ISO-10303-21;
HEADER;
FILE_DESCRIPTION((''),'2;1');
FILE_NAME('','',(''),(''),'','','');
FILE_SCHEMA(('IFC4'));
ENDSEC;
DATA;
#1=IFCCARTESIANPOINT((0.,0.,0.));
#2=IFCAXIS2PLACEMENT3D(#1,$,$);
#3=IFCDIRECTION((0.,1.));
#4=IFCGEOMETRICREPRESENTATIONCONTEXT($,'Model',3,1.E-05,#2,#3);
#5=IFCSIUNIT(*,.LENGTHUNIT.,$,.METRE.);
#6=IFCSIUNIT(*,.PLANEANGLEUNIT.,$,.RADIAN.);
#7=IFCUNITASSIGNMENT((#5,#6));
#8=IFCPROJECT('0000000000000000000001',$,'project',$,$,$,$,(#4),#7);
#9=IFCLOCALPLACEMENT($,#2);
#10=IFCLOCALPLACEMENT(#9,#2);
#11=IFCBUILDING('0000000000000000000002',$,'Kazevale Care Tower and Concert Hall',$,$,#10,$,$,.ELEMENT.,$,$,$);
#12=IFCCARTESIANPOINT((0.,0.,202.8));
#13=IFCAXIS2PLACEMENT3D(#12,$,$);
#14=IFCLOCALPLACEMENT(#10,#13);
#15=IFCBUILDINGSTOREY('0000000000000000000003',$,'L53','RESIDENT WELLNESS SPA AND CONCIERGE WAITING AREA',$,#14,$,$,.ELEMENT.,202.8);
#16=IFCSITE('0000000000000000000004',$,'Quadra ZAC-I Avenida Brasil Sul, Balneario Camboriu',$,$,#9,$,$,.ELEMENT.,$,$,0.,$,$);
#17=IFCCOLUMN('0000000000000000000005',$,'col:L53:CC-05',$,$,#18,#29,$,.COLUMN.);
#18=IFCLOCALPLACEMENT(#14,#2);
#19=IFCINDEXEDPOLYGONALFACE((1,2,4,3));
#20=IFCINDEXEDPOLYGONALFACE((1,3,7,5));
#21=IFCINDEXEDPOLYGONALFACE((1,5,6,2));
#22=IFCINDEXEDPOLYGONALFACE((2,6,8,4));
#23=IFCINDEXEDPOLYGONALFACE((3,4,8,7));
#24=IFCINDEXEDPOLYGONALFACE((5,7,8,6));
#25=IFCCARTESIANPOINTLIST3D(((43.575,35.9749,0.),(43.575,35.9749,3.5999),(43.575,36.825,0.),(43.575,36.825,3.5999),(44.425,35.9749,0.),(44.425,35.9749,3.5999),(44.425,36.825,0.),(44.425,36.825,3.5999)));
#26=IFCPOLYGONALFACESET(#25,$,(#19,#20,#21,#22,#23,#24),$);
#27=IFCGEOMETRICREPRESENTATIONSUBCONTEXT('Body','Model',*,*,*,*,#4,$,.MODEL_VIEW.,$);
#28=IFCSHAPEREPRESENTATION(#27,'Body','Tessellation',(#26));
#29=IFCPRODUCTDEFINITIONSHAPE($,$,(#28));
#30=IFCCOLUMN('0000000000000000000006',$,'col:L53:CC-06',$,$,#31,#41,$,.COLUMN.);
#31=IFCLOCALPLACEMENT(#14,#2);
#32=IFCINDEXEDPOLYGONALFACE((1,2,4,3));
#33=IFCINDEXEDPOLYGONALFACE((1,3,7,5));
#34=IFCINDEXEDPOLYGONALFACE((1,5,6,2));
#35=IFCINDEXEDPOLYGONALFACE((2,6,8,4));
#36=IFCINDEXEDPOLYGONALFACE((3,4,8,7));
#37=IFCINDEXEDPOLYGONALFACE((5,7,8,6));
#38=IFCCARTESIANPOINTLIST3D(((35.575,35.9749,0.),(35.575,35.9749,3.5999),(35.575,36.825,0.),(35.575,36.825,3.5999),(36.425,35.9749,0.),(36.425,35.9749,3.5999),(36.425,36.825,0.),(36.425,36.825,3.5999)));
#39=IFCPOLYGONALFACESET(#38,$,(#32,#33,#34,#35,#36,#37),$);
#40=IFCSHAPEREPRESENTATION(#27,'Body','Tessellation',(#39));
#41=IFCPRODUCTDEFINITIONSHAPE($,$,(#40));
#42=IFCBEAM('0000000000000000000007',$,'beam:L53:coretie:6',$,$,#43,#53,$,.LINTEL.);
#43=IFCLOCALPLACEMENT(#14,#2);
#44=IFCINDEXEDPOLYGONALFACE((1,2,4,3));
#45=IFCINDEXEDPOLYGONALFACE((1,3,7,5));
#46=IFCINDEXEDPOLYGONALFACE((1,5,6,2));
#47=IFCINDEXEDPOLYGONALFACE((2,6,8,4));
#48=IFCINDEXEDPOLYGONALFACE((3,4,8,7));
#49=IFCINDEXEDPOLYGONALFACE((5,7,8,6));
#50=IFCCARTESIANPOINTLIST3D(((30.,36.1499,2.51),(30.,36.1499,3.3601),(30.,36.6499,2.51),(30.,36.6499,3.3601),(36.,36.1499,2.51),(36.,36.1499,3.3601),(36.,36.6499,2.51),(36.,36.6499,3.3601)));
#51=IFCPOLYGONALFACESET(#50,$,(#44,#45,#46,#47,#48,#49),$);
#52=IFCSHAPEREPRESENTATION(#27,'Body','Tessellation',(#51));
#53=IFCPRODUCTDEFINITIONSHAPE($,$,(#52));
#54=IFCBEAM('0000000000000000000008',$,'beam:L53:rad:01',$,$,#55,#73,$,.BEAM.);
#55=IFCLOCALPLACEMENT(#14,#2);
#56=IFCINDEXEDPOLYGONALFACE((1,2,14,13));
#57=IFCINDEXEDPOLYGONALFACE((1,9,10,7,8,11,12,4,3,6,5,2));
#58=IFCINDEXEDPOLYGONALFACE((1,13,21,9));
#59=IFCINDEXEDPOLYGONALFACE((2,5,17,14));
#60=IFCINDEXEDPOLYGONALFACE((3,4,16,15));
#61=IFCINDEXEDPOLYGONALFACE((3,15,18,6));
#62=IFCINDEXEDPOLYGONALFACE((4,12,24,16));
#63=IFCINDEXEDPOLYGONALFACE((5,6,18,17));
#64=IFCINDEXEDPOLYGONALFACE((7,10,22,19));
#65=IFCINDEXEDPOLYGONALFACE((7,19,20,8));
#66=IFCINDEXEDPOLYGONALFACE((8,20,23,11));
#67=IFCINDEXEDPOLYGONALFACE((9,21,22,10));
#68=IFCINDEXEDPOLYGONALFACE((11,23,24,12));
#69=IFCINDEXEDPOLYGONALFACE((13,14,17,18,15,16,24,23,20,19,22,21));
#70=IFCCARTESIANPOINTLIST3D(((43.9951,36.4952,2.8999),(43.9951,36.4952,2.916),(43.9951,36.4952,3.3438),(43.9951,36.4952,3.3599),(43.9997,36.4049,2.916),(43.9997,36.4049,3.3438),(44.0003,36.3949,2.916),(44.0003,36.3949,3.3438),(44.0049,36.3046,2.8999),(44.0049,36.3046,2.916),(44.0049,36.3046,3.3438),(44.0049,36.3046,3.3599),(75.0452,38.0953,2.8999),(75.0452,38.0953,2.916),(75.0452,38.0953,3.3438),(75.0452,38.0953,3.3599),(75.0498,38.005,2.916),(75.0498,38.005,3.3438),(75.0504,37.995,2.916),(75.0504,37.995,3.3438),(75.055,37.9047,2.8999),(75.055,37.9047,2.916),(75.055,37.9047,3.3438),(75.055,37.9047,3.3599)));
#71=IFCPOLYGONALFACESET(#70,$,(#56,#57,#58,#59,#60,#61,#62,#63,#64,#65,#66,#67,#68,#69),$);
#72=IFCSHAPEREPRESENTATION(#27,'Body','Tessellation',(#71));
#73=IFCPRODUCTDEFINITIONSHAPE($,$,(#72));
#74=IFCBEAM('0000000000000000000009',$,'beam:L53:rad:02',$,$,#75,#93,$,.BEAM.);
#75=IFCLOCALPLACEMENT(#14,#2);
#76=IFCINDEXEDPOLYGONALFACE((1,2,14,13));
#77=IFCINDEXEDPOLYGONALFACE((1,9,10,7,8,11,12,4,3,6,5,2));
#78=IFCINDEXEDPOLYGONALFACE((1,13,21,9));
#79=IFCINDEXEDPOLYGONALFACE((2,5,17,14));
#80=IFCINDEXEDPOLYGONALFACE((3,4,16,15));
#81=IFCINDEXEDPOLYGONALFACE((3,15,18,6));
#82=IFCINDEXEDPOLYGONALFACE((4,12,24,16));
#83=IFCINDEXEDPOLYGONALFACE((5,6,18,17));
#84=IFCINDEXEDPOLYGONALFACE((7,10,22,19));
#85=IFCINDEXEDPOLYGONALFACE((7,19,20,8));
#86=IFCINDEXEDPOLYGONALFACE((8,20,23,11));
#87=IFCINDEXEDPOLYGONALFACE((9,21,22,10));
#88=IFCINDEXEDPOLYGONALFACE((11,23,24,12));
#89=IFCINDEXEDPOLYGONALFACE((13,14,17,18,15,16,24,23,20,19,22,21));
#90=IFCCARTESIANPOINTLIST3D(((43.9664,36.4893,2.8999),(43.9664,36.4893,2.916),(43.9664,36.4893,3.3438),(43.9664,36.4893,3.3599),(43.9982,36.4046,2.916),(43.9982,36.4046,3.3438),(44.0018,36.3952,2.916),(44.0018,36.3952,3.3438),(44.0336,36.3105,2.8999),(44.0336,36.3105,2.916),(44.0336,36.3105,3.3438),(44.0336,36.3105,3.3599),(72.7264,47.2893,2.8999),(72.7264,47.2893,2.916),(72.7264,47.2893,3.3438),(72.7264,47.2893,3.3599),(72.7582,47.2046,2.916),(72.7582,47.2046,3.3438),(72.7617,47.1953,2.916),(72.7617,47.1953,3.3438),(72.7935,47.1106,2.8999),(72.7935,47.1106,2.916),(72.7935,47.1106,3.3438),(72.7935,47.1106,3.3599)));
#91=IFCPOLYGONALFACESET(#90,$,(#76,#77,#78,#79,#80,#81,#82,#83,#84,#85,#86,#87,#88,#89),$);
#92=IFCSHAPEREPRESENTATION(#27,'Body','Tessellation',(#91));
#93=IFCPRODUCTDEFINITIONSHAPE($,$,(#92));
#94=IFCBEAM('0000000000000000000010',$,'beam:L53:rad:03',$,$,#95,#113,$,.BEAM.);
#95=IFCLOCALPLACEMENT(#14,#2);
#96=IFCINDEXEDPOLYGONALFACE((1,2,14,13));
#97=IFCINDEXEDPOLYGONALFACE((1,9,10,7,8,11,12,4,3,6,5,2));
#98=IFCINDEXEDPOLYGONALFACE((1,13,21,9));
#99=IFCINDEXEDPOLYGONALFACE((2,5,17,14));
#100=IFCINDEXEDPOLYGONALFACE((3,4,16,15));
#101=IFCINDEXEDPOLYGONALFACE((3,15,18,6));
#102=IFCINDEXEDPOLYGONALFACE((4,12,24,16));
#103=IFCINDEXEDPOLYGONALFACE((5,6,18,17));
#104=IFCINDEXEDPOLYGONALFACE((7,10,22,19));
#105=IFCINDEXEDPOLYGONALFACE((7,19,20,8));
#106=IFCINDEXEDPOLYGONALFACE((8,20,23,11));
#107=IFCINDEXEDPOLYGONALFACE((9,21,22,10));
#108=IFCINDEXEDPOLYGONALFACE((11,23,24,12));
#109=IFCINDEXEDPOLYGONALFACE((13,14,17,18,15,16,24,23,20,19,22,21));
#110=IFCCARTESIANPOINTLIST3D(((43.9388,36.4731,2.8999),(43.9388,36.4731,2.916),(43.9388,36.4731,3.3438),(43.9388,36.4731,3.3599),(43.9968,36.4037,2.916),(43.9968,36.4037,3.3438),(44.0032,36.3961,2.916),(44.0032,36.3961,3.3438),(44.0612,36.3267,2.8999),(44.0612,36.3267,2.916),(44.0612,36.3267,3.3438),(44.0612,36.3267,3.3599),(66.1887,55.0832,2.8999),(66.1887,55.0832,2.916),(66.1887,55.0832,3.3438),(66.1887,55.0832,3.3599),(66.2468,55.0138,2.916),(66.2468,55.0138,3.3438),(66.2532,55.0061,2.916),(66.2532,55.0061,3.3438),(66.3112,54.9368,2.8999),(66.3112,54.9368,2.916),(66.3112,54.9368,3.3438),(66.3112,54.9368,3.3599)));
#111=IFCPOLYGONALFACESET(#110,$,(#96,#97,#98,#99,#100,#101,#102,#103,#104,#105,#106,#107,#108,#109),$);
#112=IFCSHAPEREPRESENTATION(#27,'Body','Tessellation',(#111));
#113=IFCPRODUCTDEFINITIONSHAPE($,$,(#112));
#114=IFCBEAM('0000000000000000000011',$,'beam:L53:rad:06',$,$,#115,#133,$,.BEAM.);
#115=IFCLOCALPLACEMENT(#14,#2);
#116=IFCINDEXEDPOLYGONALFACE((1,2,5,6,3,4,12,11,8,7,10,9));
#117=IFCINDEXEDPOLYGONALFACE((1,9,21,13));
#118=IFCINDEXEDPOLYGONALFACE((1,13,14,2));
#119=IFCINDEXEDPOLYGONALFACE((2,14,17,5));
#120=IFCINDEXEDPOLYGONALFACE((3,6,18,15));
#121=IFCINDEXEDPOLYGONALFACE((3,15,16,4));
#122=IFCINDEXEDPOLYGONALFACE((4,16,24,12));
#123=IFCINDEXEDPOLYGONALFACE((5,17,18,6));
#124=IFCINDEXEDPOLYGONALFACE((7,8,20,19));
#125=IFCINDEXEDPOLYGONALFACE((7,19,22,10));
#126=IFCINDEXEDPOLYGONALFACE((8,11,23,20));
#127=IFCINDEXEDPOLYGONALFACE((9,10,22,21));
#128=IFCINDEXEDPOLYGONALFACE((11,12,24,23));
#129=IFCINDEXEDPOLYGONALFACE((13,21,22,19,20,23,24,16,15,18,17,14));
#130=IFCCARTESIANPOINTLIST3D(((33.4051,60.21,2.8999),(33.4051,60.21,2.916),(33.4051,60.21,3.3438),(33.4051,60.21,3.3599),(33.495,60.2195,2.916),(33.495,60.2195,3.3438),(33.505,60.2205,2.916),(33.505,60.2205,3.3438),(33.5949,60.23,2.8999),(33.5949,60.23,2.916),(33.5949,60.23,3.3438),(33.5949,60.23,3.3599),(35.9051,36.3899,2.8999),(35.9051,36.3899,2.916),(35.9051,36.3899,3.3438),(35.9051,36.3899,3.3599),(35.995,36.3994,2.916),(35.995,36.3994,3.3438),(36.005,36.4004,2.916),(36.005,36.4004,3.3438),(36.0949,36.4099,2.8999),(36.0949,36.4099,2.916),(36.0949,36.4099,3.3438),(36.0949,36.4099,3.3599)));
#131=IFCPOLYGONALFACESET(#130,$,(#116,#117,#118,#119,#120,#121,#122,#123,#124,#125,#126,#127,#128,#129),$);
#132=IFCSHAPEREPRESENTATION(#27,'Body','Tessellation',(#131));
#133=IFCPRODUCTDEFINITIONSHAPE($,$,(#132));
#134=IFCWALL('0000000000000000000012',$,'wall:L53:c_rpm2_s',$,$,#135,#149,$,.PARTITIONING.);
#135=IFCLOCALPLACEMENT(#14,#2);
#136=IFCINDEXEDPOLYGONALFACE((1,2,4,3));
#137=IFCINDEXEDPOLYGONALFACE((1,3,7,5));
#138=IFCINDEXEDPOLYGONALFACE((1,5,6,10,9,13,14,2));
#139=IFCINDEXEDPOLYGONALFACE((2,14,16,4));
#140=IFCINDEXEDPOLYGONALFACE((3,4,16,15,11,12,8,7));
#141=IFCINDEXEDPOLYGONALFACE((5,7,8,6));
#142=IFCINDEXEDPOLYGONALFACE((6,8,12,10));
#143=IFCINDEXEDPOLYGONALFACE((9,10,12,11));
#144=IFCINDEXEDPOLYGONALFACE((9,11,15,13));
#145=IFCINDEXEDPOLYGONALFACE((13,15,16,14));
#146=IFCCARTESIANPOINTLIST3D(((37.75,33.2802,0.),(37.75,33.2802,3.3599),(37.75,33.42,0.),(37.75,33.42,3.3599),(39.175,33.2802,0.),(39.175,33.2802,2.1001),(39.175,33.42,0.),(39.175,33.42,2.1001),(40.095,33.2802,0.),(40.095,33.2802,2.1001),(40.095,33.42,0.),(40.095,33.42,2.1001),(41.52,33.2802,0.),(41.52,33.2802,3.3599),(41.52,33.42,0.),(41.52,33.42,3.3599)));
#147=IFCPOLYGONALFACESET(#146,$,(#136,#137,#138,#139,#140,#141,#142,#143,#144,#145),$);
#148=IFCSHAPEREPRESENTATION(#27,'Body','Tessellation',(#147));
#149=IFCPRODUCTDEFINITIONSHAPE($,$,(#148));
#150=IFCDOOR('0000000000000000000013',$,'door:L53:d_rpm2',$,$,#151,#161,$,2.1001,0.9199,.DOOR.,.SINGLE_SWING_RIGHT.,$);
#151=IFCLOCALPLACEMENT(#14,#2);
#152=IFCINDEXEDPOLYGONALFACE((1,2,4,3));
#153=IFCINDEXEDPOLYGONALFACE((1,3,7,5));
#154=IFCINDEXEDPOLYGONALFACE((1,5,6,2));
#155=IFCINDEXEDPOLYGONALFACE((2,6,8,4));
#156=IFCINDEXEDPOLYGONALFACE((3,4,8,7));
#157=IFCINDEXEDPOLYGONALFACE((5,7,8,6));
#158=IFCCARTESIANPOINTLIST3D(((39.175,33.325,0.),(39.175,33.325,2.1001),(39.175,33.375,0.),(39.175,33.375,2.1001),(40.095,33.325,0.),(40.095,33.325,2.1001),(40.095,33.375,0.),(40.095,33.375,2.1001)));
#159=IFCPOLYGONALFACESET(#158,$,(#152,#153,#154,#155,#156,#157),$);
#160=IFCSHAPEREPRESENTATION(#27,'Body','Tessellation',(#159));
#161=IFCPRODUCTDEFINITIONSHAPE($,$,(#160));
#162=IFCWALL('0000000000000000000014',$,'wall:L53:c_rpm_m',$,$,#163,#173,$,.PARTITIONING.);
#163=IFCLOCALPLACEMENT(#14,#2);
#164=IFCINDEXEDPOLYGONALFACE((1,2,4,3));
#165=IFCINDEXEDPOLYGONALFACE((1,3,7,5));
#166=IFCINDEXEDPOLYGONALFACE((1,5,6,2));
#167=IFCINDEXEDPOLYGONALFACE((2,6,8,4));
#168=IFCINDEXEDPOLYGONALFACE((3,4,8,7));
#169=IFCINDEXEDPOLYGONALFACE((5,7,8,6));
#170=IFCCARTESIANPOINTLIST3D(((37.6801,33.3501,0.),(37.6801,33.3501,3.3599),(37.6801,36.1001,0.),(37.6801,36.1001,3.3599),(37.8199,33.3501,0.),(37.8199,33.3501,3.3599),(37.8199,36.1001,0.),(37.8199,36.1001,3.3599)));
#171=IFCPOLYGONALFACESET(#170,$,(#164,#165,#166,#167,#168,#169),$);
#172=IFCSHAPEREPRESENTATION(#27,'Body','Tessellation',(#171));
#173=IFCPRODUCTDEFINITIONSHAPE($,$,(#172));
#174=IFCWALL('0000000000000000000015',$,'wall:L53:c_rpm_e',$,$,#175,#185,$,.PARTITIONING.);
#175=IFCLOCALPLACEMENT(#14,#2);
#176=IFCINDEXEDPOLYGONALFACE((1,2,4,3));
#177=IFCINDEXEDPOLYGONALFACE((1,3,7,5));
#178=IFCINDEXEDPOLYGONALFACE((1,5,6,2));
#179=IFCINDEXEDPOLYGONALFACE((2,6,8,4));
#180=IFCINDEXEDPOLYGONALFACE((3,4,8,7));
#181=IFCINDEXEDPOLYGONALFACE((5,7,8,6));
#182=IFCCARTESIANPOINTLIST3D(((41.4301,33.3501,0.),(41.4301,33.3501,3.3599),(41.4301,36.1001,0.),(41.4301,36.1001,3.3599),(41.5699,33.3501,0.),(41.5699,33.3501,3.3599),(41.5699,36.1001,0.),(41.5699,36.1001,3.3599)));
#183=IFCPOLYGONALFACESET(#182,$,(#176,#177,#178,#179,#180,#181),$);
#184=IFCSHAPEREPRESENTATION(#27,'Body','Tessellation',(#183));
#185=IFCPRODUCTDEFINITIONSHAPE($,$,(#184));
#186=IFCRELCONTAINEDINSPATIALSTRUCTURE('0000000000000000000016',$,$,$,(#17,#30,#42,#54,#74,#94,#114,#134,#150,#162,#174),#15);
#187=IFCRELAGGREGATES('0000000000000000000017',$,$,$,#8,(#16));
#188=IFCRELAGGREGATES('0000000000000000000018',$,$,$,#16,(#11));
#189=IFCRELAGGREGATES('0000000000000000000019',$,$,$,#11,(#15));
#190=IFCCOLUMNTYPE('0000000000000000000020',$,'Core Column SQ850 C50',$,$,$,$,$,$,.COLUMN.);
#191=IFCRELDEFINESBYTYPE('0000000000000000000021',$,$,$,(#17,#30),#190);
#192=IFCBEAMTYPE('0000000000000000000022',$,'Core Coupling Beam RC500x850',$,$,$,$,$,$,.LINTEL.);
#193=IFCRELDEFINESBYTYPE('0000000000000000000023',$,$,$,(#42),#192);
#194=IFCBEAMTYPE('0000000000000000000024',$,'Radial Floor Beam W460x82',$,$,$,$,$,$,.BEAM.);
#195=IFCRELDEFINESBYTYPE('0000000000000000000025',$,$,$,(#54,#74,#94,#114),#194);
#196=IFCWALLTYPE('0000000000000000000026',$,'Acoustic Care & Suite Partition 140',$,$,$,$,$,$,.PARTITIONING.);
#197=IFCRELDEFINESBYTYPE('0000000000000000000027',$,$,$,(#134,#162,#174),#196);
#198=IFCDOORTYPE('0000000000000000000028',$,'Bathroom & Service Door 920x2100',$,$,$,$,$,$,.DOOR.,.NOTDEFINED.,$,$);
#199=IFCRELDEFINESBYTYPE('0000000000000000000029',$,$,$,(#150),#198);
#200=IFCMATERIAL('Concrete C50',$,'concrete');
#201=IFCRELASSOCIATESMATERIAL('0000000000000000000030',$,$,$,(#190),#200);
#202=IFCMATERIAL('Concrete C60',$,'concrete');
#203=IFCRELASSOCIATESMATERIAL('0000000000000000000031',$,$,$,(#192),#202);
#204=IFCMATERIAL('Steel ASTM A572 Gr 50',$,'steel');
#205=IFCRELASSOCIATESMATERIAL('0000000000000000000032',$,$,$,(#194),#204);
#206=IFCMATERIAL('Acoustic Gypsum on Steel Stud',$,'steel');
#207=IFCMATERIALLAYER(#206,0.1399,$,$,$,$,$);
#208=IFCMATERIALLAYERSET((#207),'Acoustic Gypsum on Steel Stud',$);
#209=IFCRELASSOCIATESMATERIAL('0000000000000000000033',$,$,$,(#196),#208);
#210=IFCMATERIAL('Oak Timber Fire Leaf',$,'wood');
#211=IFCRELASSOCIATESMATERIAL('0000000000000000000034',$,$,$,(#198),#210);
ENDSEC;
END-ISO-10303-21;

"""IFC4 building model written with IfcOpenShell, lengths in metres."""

from ifc_helpers import new_model, si_unit, direction, frame, frame_2d, origin, origin_2d, place, context, subcontext, project, spatial, rectangle, i_section, extrude, material, layer, layer_set, material_profile, profile_set, type_object, element, fill, save


model = new_model("IFC4")

# Units and contexts
model_context = context("Model", 3, precision=1e-05, world=origin(), true_north=direction((0.0, 1.0)))
body_context = subcontext(model_context, "Body", "Model", "MODEL_VIEW")
ifc_project = project(units=[si_unit("LENGTHUNIT", "METRE"), si_unit("PLANEANGLEUNIT", "RADIAN")], contexts=[model_context])

# Site, building, storey
site_placement = place(None, origin())
site = spatial("IfcSite", under=ifc_project, at=site_placement, Name="Quadra ZAC-I Avenida Brasil Sul, Balneario Camboriu", CompositionType="ELEMENT", RefElevation=0.0)
building_placement = place(site_placement, origin())
building = spatial("IfcBuilding", under=site, at=building_placement, Name="Kazevale Care Tower and Concert Hall", CompositionType="ELEMENT")
storey_placement = place(building_placement, frame((0.0, 0.0, 202.8)))
storey = spatial("IfcBuildingStorey", under=building, at=storey_placement, Name="L53", Description="RESIDENT WELLNESS SPA AND CONCIERGE WAITING AREA", CompositionType="ELEMENT", Elevation=202.8)

# Columns
ifc_material_1 = material(Name="Concrete C50", Category="concrete")
ifc_material_profile_1 = material_profile(ifc_material_1, rectangle(XDim=0.8501, YDim=0.8501, at=origin_2d()), Name="RC-SQ850")
ifc_profile_set_1 = profile_set([ifc_material_profile_1], Name="Concrete C50")
column_type = type_object("IfcColumnType", Name="Core Column SQ850 C50", PredefinedType="COLUMN", material=ifc_profile_set_1)
for number, where, z_axis, x_axis, name in (
    (1, (44.0, 36.3999, 0.0), (0.0, 0.0, 1.0), (1.0, 0.0, 0.0), "col:L53:CC-05"),
    (2, (36.0, 36.3999, 0.0), (0.0, 0.0, 1.0), (1.0, 0.0, 0.0), "col:L53:CC-06"),
):
    element("IfcColumn", number, at=place(storey_placement, frame(where, z_axis=z_axis, x_axis=x_axis)), inside=storey, type_object=column_type, Name=name, PredefinedType="COLUMN", context=body_context, shape_type="SweptSolid", body=[
        extrude(rectangle(XDim=0.8501, YDim=0.8501, at=origin_2d()), origin(), (0.0, 0.0, 1.0), 3.5999),
    ])

# Beams
ifc_material_2 = material(Name="Concrete C60", Category="concrete")
ifc_material_profile_2 = material_profile(ifc_material_2, rectangle(XDim=0.5, YDim=0.8501, at=origin_2d()), Name="RC-B500x850")
ifc_profile_set_2 = profile_set([ifc_material_profile_2], Name="Concrete C60")
beam_type_1 = type_object("IfcBeamType", Name="Core Coupling Beam RC500x850", PredefinedType="LINTEL", material=ifc_profile_set_2)
beam_1_placement = place(storey_placement, frame((36.0, 36.3999, 2.9351), z_axis=(-1.0, 0.0, 0.0), x_axis=(0.0, -1.0, 0.0)))
element("IfcBeam", 3, at=beam_1_placement, inside=storey, type_object=beam_type_1, Name="beam:L53:coretie:6", PredefinedType="LINTEL", context=body_context, shape_type="SweptSolid", body=[
    extrude(rectangle(XDim=0.5, YDim=0.8501, at=origin_2d()), origin(), (0.0, 0.0, 1.0), 6.0),
])
ifc_material_3 = material(Name="Steel ASTM A572 Gr 50", Category="steel")
ifc_material_profile_3 = material_profile(ifc_material_3, i_section(OverallWidth=0.1909, OverallDepth=0.46, WebThickness=0.01, FlangeThickness=0.0161, at=origin_2d()), Name="W460x82")
ifc_profile_set_3 = profile_set([ifc_material_profile_3], Name="Steel ASTM A572 Gr 50")
beam_type_2 = type_object("IfcBeamType", Name="Radial Floor Beam W460x82", PredefinedType="BEAM", material=ifc_profile_set_3)
beam_2_placement = place(storey_placement, frame((44.0, 36.3999, 3.1299), z_axis=(0.998675, 0.051465, 0.0), x_axis=(-0.051465, 0.998675, 0.0)))
element("IfcBeam", 4, at=beam_2_placement, inside=storey, type_object=beam_type_2, Name="beam:L53:rad:01", PredefinedType="BEAM", context=body_context, shape_type="SweptSolid", body=[
    extrude(i_section(OverallWidth=0.1909, OverallDepth=0.46, WebThickness=0.01, FlangeThickness=0.0161, at=origin_2d()), origin(), (0.0, 0.0, 1.0), 31.0913),
])
beam_3_placement = place(storey_placement, frame((44.0, 36.3999, 3.1299), z_axis=(0.936168, 0.351553, 0.0), x_axis=(-0.351553, 0.936168, 0.0)))
element("IfcBeam", 5, at=beam_3_placement, inside=storey, type_object=beam_type_2, Name="beam:L53:rad:02", PredefinedType="BEAM", context=body_context, shape_type="SweptSolid", body=[
    extrude(i_section(OverallWidth=0.1909, OverallDepth=0.46, WebThickness=0.01, FlangeThickness=0.0161, at=origin_2d()), origin(), (0.0, 0.0, 1.0), 30.7209),
])
beam_4_placement = place(storey_placement, frame((44.0, 36.3999, 3.1299), z_axis=(0.76706, 0.641576, 0.0), x_axis=(-0.641576, 0.76706, 0.0)))
element("IfcBeam", 6, at=beam_4_placement, inside=storey, type_object=beam_type_2, Name="beam:L53:rad:03", PredefinedType="BEAM", context=body_context, shape_type="SweptSolid", body=[
    extrude(i_section(OverallWidth=0.1909, OverallDepth=0.46, WebThickness=0.01, FlangeThickness=0.0161, at=origin_2d()), origin(), (0.0, 0.0, 1.0), 29.0068),
])
beam_5_placement = place(storey_placement, frame((36.0, 36.3999, 3.1299), z_axis=(-0.10438, 0.994537, 0.0), x_axis=(-0.994537, -0.10438, 0.0)))
element("IfcBeam", 7, at=beam_5_placement, inside=storey, type_object=beam_type_2, Name="beam:L53:rad:06", PredefinedType="BEAM", context=body_context, shape_type="SweptSolid", body=[
    extrude(i_section(OverallWidth=0.1909, OverallDepth=0.46, WebThickness=0.01, FlangeThickness=0.0161, at=origin_2d()), origin(), (0.0, 0.0, 1.0), 23.9509),
])

# Wall, opening, door
ifc_material_4 = material(Name="Acoustic Gypsum on Steel Stud", Category="steel")
ifc_layer_1 = layer(ifc_material_4, 0.1399)
ifc_layer_set_1 = layer_set([ifc_layer_1], Name="Acoustic Gypsum on Steel Stud")
wall_type_1 = type_object("IfcWallType", Name="Acoustic Care & Suite Partition 140", PredefinedType="PARTITIONING", material=ifc_layer_set_1)
wall_1_placement = place(storey_placement, frame((37.75, 33.3501, 0.0), z_axis=(0.0, 0.0, 1.0), x_axis=(1.0, 0.0, 0.0)))
wall_1 = element("IfcWall", 8, at=wall_1_placement, inside=storey, type_object=wall_type_1, Name="wall:L53:c_rpm2_s", PredefinedType="PARTITIONING", context=body_context, shape_type="SweptSolid", body=[
    extrude(rectangle(XDim=3.77, YDim=0.1399, at=frame_2d((1.885, 0.0))), origin(), (0.0, 0.0, 1.0), 3.3599),
])
opening_1_placement = place(wall_1_placement, frame((1.425, 0.0, 0.0)))
opening_1 = element("IfcOpeningElement", 9, at=opening_1_placement, cuts=wall_1, PredefinedType="OPENING", context=body_context, shape_type="SweptSolid", body=[
    extrude(rectangle(XDim=0.9199, YDim=2.1001, at=frame_2d((0.46, 1.05))), frame((0.0, 0.0798, 0.0), z_axis=(0.0, -1.0, 0.0), x_axis=(1.0, 0.0, 0.0)), (0.0, 0.0, 1.0), 0.1599),
])
ifc_material_5 = material(Name="Oak Timber Fire Leaf", Category="wood")
door_type_1 = type_object("IfcDoorType", Name="Bathroom & Service Door 920x2100", OperationType="NOTDEFINED", PredefinedType="DOOR", material=ifc_material_5)
door_1_placement = place(opening_1_placement, origin())
door_1 = element("IfcDoor", 10, at=door_1_placement, inside=storey, type_object=door_type_1, Name="door:L53:d_rpm2", OperationType="SINGLE_SWING_RIGHT", OverallHeight=2.1001, OverallWidth=0.9199, PredefinedType="DOOR", context=body_context, shape_type="SweptSolid", body=[
    extrude(rectangle(XDim=0.9199, YDim=2.1001, at=frame_2d((0.46, 1.05))), frame((0.0, 0.0249, 0.0), z_axis=(0.0, -1.0, 0.0), x_axis=(1.0, 0.0, 0.0)), (0.0, 0.0, 1.0), 0.05),
])
fill(opening_1, door_1)

# Walls
for number, where, z_axis, x_axis, name in (
    (11, (37.75, 33.3501, 0.0), (0.0, 0.0, 1.0), (0.0, 1.0, 0.0), "wall:L53:c_rpm_m"),
    (12, (41.5, 33.3501, 0.0), (0.0, 0.0, 1.0), (0.0, 1.0, 0.0), "wall:L53:c_rpm_e"),
):
    element("IfcWall", number, at=place(storey_placement, frame(where, z_axis=z_axis, x_axis=x_axis)), inside=storey, type_object=wall_type_1, Name=name, PredefinedType="PARTITIONING", context=body_context, shape_type="SweptSolid", body=[
        extrude(rectangle(XDim=2.75, YDim=0.1399, at=frame_2d((1.375, 0.0))), origin(), (0.0, 0.0, 1.0), 3.3599),
    ])

save(model, "model.ifc")
